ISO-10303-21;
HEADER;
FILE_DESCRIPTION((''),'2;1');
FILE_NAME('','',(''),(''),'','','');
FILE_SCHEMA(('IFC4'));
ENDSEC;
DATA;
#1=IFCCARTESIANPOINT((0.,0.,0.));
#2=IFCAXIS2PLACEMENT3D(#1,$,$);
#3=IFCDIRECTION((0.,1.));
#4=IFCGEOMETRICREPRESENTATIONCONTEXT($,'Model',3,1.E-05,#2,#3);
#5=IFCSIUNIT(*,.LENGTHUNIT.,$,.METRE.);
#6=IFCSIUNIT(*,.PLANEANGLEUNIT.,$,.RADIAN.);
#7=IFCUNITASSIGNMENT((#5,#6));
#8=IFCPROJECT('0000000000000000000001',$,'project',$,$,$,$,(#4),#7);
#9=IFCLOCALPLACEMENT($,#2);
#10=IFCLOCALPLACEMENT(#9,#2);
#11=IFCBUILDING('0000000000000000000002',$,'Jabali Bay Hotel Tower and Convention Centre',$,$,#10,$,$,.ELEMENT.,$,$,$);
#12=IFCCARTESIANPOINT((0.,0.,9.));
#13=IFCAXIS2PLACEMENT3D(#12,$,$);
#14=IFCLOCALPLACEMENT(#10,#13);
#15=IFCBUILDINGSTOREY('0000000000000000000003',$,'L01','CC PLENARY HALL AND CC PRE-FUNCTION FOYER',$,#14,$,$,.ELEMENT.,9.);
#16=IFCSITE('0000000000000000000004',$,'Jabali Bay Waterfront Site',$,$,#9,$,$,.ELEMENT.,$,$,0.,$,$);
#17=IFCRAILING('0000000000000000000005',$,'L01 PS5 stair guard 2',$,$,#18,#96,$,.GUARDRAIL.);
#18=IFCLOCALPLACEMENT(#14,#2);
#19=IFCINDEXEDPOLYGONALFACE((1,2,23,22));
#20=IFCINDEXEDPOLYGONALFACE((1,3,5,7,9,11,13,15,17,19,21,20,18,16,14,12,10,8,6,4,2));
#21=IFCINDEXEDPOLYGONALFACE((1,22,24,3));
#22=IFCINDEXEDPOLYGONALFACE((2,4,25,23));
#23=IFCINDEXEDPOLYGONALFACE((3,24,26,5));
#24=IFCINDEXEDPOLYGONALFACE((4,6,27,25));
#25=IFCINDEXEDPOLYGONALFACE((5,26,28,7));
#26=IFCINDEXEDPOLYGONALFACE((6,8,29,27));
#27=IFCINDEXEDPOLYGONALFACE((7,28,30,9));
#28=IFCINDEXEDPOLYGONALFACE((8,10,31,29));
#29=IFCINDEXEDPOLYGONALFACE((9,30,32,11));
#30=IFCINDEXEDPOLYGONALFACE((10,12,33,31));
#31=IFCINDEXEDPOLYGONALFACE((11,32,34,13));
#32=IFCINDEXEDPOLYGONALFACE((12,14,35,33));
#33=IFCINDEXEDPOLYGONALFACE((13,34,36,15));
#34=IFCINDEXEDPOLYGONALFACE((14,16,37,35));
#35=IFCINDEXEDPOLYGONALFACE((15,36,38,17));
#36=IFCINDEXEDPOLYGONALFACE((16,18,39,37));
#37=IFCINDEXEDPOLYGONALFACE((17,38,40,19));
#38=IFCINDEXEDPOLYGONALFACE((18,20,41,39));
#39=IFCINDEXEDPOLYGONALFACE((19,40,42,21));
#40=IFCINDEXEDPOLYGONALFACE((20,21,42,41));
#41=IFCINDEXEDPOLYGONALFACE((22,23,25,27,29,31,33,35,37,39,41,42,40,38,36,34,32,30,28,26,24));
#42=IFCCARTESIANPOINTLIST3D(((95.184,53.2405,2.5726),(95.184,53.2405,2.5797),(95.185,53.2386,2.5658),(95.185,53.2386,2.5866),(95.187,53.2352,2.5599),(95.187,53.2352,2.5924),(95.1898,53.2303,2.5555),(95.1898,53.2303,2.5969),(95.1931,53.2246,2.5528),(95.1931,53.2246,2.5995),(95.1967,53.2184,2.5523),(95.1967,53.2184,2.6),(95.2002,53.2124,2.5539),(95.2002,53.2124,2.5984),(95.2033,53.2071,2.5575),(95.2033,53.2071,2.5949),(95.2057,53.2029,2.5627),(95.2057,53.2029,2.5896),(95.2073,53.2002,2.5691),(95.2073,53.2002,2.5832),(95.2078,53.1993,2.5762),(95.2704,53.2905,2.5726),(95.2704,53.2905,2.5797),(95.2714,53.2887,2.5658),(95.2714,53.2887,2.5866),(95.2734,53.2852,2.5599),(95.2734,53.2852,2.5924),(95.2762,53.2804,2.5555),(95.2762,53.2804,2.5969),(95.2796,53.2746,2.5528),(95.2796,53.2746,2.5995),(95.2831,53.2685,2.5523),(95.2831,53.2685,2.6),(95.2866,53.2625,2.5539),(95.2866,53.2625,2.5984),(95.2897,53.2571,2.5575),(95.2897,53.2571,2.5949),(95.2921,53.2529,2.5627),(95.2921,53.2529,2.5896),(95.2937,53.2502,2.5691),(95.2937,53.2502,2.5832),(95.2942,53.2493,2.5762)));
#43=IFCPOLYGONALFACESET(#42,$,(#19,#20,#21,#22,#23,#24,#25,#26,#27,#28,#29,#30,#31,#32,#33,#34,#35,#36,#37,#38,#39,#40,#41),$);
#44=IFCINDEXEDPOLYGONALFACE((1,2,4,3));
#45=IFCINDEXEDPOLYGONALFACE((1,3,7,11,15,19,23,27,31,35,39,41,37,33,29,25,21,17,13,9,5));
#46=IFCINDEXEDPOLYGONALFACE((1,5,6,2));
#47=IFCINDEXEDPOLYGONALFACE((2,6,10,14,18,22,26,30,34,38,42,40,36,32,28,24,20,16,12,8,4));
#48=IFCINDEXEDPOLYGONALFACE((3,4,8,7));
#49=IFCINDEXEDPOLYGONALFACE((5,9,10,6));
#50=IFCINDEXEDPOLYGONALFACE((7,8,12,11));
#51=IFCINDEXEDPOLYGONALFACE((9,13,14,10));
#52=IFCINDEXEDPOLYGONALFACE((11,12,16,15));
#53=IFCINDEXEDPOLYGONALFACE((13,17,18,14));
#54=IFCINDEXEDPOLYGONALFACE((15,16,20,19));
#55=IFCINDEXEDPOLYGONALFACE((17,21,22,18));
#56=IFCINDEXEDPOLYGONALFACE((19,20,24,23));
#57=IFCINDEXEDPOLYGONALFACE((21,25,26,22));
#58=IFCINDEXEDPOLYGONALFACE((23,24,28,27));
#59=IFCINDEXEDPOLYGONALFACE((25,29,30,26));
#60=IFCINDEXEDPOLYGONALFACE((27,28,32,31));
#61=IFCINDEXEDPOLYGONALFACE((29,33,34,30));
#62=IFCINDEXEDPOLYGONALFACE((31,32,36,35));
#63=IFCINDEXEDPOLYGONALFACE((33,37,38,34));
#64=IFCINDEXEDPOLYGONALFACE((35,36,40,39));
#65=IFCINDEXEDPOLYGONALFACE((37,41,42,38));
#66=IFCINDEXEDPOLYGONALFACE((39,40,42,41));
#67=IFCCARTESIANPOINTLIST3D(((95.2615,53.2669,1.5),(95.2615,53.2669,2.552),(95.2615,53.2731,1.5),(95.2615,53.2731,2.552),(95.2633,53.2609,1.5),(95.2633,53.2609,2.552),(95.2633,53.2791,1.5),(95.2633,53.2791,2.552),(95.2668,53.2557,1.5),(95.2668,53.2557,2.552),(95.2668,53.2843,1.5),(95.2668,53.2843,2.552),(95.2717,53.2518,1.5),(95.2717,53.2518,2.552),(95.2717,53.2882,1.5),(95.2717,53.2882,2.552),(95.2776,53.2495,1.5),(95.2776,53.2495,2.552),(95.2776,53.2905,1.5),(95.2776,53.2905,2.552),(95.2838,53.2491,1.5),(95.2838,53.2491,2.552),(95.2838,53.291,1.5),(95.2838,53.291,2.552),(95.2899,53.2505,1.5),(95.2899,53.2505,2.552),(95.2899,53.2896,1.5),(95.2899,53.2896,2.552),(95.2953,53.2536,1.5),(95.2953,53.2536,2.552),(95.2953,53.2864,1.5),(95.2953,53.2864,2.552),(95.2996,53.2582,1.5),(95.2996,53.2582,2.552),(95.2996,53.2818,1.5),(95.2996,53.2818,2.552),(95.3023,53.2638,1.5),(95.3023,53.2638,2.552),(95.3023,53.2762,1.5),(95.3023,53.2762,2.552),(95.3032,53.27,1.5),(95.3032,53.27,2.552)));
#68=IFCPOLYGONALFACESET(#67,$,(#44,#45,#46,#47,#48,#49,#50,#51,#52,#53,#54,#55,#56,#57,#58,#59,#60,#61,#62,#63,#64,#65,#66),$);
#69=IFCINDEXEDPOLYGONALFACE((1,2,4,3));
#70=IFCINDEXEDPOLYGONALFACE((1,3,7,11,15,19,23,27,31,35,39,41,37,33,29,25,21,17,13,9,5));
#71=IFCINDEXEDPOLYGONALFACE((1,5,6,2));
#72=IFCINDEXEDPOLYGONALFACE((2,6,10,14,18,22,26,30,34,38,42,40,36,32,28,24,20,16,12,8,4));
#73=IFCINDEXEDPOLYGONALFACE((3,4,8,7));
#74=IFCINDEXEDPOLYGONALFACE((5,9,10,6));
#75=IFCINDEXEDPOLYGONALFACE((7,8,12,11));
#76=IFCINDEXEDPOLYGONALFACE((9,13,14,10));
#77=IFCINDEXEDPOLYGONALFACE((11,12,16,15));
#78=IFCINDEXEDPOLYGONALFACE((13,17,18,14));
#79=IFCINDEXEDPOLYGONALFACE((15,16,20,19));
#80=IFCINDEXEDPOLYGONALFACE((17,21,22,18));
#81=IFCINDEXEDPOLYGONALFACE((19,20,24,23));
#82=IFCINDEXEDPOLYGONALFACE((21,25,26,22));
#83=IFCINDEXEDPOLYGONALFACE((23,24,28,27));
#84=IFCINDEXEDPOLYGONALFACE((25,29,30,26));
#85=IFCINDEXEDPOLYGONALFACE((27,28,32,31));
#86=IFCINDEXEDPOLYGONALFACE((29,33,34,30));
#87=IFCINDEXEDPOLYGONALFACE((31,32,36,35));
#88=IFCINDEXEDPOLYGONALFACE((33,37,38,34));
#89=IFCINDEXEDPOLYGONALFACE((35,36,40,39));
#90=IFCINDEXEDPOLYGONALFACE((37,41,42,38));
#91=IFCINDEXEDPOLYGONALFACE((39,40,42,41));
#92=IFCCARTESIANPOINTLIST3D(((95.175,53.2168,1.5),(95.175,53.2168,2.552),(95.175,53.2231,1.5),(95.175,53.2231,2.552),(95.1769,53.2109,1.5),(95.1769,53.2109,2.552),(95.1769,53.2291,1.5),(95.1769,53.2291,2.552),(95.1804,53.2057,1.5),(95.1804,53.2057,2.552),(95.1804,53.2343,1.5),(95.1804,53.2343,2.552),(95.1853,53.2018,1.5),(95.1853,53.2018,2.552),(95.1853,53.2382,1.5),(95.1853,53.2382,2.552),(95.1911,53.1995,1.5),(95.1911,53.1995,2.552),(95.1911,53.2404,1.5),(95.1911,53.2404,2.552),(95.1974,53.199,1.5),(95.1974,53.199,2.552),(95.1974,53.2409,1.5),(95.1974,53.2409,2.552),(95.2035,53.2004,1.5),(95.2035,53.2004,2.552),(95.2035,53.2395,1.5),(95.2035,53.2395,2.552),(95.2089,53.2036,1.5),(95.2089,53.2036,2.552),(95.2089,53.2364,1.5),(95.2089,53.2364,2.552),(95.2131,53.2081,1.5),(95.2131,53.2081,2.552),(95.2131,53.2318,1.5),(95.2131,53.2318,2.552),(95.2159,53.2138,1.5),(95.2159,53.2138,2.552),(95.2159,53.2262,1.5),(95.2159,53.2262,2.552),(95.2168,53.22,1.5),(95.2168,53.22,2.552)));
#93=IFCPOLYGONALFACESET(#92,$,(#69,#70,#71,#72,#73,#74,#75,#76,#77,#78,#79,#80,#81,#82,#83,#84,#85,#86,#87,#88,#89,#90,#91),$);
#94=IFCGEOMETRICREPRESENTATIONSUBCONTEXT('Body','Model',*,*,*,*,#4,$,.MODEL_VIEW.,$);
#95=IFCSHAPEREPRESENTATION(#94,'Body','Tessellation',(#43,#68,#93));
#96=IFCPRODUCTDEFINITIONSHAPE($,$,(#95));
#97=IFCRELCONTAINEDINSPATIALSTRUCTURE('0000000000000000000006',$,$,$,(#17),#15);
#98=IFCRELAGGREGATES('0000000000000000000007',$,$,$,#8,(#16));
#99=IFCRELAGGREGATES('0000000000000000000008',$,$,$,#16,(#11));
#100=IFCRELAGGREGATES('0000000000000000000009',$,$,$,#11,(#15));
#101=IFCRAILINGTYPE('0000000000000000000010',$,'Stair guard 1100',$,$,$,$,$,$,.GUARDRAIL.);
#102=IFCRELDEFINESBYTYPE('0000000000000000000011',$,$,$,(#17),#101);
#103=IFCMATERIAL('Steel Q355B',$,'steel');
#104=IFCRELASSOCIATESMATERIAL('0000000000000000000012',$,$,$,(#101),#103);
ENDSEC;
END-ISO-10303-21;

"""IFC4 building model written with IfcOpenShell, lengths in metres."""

from ifc_helpers import new_model, si_unit, direction, frame, origin, origin_2d, place, context, subcontext, project, spatial, circle, extrude, material, type_object, element, save


model = new_model("IFC4")

# Units and contexts
model_context = context("Model", 3, precision=1e-05, world=origin(), true_north=direction((0.0, 1.0)))
body_context = subcontext(model_context, "Body", "Model", "MODEL_VIEW")
ifc_project = project(units=[si_unit("LENGTHUNIT", "METRE"), si_unit("PLANEANGLEUNIT", "RADIAN")], contexts=[model_context])

# Site, building, storey
site_placement = place(None, origin())
site = spatial("IfcSite", under=ifc_project, at=site_placement, Name="Jabali Bay Waterfront Site", CompositionType="ELEMENT", RefElevation=0.0)
building_placement = place(site_placement, origin())
building = spatial("IfcBuilding", under=site, at=building_placement, Name="Jabali Bay Hotel Tower and Convention Centre", CompositionType="ELEMENT")
storey_placement = place(building_placement, frame((0.0, 0.0, 9.0)))
storey = spatial("IfcBuildingStorey", under=building, at=storey_placement, Name="L01", Description="CC PLENARY HALL AND CC PRE-FUNCTION FOYER", CompositionType="ELEMENT", Elevation=9.0)

# Railing
ifc_material_1 = material(Name="Steel Q355B", Category="steel")
railing_type_1 = type_object("IfcRailingType", Name="Stair guard 1100", PredefinedType="GUARDRAIL", material=ifc_material_1)
railing_1_placement = place(storey_placement, frame((95.2822, 53.27, 1.5)))
element("IfcRailing", 1, at=railing_1_placement, inside=storey, type_object=railing_type_1, Name="L01 PS5 stair guard 2", PredefinedType="GUARDRAIL", context=body_context, shape_type="SweptSolid", body=[
    extrude(circle(Radius=0.0239, at=origin_2d()), frame((0.0, 0.0, 1.0762), z_axis=(-0.86537, -0.501133, 0.0), x_axis=(0.501133, -0.86537, 0.0)), (0.0, 0.0, 1.0), 0.0999),
    extrude(circle(Radius=0.021, at=origin_2d()), origin(), (0.0, 0.0, 1.0), 1.052),
    extrude(circle(Radius=0.021, at=origin_2d()), frame((-0.0864, -0.05, 0.0)), (0.0, 0.0, 1.0), 1.052),
])

save(model, "model.ifc")
